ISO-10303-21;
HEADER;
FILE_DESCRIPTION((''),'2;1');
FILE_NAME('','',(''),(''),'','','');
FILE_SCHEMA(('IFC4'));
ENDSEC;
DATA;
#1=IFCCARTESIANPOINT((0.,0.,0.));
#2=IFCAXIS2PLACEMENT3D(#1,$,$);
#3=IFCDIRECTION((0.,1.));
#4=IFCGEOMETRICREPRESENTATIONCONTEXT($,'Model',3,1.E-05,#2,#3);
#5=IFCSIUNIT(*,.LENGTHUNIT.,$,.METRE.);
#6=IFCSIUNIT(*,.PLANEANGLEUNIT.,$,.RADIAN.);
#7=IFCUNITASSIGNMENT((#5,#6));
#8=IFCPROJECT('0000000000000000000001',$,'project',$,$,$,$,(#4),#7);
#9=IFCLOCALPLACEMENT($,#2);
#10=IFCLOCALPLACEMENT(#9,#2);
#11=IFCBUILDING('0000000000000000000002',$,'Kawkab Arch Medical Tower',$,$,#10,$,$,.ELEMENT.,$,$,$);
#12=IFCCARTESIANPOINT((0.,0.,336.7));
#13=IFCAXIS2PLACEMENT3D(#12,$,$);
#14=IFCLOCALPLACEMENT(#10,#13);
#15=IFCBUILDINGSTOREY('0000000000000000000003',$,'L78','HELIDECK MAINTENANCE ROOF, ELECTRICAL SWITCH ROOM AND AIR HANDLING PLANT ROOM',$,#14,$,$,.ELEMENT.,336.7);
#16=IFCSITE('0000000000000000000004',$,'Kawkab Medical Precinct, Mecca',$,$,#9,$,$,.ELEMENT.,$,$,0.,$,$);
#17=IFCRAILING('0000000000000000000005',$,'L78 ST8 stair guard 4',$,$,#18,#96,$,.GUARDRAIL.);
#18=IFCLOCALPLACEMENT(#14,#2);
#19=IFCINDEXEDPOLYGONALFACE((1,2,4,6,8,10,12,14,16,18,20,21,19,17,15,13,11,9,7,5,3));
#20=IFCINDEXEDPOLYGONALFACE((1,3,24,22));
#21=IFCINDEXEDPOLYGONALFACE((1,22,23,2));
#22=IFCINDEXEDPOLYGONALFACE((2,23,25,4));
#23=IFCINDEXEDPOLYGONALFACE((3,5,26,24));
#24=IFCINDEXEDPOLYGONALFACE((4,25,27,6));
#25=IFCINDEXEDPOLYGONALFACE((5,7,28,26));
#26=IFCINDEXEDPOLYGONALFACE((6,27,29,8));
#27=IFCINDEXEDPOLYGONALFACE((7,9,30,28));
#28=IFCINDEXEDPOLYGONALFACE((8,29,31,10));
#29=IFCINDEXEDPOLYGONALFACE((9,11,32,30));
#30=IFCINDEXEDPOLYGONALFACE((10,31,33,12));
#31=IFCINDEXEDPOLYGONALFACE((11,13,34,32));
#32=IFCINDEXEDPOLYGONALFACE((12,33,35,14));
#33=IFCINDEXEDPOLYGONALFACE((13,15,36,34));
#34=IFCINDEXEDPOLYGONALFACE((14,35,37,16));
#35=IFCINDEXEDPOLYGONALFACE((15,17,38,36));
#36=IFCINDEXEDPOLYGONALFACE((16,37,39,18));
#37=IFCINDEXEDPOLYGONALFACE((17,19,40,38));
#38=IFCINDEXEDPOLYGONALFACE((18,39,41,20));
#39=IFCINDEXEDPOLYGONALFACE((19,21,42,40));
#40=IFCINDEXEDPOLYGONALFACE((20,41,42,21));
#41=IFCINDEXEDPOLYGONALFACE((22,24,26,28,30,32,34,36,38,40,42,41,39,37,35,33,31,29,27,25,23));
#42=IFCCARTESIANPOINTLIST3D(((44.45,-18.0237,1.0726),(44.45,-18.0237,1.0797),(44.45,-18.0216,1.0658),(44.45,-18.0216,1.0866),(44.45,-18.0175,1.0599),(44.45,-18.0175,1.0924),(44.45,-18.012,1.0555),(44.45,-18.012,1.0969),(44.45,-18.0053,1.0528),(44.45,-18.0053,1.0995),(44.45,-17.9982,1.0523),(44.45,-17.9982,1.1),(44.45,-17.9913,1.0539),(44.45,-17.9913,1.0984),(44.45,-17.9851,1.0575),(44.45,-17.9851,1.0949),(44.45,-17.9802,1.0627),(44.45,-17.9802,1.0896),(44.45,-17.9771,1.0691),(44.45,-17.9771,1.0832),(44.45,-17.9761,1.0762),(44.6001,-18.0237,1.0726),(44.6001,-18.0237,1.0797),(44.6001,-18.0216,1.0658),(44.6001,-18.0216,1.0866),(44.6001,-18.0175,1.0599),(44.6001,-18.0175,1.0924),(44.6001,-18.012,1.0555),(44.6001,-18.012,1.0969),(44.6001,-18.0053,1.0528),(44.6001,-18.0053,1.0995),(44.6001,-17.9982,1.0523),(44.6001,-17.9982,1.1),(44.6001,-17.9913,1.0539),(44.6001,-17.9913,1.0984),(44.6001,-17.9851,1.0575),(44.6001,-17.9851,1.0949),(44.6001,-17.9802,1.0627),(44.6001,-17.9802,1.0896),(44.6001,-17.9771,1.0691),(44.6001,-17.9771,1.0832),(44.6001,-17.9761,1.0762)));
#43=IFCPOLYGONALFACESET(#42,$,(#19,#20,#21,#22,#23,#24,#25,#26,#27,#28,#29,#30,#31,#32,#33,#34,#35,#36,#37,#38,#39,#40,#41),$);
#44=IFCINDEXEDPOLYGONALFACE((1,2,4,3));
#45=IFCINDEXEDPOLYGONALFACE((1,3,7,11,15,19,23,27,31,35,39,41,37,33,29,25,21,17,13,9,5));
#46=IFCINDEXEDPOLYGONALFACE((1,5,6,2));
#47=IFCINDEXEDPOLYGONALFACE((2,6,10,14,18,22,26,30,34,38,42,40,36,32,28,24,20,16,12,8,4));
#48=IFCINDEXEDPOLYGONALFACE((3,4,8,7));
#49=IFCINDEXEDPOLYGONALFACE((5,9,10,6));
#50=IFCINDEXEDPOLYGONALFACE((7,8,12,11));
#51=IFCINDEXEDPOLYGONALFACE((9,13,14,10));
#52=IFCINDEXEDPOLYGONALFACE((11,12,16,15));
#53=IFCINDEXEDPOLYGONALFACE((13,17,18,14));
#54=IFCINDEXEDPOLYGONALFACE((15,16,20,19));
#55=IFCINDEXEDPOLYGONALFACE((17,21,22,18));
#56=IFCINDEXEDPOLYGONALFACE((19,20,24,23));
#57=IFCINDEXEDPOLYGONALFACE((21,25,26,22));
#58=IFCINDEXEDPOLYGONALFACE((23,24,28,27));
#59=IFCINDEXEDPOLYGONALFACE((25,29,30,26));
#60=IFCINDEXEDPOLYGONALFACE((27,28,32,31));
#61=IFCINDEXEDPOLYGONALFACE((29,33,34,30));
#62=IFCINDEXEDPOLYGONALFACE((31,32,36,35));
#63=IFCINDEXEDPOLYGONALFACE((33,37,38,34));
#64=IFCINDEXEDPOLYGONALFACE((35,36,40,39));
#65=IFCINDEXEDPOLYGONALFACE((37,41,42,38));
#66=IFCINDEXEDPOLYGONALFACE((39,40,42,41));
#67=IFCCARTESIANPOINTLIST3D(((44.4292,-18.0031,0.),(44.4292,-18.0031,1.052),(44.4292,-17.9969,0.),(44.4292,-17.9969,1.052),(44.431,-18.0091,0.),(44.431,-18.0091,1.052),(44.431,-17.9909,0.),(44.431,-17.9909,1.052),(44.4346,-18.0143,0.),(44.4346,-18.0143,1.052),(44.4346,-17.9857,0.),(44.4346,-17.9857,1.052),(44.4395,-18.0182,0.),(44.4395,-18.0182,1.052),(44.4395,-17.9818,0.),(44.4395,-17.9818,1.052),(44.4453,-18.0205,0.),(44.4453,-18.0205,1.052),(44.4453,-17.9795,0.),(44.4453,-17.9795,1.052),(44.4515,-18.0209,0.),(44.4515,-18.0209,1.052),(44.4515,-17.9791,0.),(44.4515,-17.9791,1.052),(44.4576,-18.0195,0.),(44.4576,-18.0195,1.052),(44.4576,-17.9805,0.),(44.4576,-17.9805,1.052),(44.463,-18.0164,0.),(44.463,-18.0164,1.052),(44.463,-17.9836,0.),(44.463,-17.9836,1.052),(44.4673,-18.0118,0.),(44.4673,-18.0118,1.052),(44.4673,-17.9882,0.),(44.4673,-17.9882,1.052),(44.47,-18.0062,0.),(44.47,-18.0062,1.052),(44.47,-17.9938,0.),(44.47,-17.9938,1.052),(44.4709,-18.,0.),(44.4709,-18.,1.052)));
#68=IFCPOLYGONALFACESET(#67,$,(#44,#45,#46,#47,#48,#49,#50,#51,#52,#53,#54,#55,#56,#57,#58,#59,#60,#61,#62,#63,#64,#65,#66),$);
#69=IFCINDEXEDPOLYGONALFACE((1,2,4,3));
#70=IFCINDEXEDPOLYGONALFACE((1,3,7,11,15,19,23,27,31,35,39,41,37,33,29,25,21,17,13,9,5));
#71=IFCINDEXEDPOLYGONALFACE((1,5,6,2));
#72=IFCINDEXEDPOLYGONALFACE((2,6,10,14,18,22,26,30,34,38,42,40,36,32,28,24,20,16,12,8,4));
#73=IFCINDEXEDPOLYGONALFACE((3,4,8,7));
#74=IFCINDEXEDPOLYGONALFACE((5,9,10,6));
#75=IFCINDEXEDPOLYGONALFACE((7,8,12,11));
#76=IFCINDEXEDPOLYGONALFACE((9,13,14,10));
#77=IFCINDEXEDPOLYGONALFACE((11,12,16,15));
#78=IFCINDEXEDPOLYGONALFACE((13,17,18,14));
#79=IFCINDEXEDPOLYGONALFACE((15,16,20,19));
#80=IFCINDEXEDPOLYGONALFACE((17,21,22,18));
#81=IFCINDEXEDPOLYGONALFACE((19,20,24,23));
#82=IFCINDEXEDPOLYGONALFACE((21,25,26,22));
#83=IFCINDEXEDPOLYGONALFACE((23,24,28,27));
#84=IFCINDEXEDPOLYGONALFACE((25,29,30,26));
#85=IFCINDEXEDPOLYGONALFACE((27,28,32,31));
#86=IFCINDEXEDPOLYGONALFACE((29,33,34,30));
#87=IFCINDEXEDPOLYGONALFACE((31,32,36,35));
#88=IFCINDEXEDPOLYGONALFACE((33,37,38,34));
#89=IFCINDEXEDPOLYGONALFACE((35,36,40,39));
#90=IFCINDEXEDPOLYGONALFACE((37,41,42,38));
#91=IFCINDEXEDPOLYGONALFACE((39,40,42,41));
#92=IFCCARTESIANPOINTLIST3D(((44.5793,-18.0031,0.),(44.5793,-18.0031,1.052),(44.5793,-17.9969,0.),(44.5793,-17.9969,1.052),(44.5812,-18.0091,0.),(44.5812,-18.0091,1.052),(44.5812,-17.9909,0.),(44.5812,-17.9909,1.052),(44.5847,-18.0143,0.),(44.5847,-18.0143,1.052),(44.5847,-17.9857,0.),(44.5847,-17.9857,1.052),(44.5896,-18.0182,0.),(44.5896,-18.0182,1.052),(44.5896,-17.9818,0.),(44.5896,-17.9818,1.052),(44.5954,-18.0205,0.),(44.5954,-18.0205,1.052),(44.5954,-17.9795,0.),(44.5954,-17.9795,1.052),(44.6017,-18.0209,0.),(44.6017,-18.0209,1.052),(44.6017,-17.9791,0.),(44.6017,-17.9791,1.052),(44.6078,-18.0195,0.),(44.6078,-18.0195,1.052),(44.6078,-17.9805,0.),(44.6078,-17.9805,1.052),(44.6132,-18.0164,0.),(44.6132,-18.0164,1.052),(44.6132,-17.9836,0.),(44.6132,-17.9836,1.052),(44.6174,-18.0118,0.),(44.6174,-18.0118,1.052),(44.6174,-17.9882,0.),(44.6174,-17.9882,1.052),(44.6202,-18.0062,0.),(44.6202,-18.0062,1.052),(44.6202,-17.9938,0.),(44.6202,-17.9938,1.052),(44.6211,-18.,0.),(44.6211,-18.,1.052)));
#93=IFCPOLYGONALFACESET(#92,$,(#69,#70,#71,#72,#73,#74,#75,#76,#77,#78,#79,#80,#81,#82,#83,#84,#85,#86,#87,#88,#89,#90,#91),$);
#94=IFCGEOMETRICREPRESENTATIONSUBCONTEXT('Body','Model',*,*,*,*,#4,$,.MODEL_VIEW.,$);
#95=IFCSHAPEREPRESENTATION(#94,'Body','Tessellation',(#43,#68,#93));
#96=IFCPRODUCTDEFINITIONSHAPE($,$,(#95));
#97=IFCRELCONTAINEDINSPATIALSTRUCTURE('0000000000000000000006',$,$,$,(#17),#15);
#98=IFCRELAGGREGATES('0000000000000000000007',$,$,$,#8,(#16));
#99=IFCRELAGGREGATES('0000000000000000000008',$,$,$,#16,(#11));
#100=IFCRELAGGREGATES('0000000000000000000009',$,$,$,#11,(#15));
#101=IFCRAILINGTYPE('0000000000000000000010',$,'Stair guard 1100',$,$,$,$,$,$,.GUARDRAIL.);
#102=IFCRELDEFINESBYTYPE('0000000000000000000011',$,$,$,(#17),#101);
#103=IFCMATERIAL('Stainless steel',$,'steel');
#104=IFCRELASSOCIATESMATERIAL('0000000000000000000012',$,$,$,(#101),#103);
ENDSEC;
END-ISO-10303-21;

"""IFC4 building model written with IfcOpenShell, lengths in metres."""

from ifc_helpers import new_model, si_unit, direction, frame, origin, origin_2d, place, context, subcontext, project, spatial, circle, extrude, material, type_object, element, save


model = new_model("IFC4")

# Units and contexts
model_context = context("Model", 3, precision=1e-05, world=origin(), true_north=direction((0.0, 1.0)))
body_context = subcontext(model_context, "Body", "Model", "MODEL_VIEW")
ifc_project = project(units=[si_unit("LENGTHUNIT", "METRE"), si_unit("PLANEANGLEUNIT", "RADIAN")], contexts=[model_context])

# Site, building, storey
site_placement = place(None, origin())
site = spatial("IfcSite", under=ifc_project, at=site_placement, Name="Kawkab Medical Precinct, Mecca", CompositionType="ELEMENT", RefElevation=0.0)
building_placement = place(site_placement, origin())
building = spatial("IfcBuilding", under=site, at=building_placement, Name="Kawkab Arch Medical Tower", CompositionType="ELEMENT")
storey_placement = place(building_placement, frame((0.0, 0.0, 336.7)))
storey = spatial("IfcBuildingStorey", under=building, at=storey_placement, Name="L78", Description="HELIDECK MAINTENANCE ROOF, ELECTRICAL SWITCH ROOM AND AIR HANDLING PLANT ROOM", CompositionType="ELEMENT", Elevation=336.7)

# Railing
ifc_material_1 = material(Name="Stainless steel", Category="steel")
railing_type = type_object("IfcRailingType", Name="Stair guard 1100", PredefinedType="GUARDRAIL", material=ifc_material_1)
railing_1_placement = place(storey_placement, frame((44.45, -18.0, 0.0)))
element("IfcRailing", 1, at=railing_1_placement, inside=storey, type_object=railing_type, Name="L78 ST8 stair guard 4", PredefinedType="GUARDRAIL", context=body_context, shape_type="SweptSolid", body=[
    extrude(circle(Radius=0.0239, at=origin_2d()), frame((0.0, 0.0, 1.0762), z_axis=(1.0, 0.0, 0.0), x_axis=(0.0, 1.0, 0.0)), (0.0, 0.0, 1.0), 0.1501),
    extrude(circle(Radius=0.021, at=origin_2d()), origin(), (0.0, 0.0, 1.0), 1.052),
    extrude(circle(Radius=0.021, at=origin_2d()), frame((0.1501, 0.0, 0.0)), (0.0, 0.0, 1.0), 1.052),
])

save(model, "model.ifc")
